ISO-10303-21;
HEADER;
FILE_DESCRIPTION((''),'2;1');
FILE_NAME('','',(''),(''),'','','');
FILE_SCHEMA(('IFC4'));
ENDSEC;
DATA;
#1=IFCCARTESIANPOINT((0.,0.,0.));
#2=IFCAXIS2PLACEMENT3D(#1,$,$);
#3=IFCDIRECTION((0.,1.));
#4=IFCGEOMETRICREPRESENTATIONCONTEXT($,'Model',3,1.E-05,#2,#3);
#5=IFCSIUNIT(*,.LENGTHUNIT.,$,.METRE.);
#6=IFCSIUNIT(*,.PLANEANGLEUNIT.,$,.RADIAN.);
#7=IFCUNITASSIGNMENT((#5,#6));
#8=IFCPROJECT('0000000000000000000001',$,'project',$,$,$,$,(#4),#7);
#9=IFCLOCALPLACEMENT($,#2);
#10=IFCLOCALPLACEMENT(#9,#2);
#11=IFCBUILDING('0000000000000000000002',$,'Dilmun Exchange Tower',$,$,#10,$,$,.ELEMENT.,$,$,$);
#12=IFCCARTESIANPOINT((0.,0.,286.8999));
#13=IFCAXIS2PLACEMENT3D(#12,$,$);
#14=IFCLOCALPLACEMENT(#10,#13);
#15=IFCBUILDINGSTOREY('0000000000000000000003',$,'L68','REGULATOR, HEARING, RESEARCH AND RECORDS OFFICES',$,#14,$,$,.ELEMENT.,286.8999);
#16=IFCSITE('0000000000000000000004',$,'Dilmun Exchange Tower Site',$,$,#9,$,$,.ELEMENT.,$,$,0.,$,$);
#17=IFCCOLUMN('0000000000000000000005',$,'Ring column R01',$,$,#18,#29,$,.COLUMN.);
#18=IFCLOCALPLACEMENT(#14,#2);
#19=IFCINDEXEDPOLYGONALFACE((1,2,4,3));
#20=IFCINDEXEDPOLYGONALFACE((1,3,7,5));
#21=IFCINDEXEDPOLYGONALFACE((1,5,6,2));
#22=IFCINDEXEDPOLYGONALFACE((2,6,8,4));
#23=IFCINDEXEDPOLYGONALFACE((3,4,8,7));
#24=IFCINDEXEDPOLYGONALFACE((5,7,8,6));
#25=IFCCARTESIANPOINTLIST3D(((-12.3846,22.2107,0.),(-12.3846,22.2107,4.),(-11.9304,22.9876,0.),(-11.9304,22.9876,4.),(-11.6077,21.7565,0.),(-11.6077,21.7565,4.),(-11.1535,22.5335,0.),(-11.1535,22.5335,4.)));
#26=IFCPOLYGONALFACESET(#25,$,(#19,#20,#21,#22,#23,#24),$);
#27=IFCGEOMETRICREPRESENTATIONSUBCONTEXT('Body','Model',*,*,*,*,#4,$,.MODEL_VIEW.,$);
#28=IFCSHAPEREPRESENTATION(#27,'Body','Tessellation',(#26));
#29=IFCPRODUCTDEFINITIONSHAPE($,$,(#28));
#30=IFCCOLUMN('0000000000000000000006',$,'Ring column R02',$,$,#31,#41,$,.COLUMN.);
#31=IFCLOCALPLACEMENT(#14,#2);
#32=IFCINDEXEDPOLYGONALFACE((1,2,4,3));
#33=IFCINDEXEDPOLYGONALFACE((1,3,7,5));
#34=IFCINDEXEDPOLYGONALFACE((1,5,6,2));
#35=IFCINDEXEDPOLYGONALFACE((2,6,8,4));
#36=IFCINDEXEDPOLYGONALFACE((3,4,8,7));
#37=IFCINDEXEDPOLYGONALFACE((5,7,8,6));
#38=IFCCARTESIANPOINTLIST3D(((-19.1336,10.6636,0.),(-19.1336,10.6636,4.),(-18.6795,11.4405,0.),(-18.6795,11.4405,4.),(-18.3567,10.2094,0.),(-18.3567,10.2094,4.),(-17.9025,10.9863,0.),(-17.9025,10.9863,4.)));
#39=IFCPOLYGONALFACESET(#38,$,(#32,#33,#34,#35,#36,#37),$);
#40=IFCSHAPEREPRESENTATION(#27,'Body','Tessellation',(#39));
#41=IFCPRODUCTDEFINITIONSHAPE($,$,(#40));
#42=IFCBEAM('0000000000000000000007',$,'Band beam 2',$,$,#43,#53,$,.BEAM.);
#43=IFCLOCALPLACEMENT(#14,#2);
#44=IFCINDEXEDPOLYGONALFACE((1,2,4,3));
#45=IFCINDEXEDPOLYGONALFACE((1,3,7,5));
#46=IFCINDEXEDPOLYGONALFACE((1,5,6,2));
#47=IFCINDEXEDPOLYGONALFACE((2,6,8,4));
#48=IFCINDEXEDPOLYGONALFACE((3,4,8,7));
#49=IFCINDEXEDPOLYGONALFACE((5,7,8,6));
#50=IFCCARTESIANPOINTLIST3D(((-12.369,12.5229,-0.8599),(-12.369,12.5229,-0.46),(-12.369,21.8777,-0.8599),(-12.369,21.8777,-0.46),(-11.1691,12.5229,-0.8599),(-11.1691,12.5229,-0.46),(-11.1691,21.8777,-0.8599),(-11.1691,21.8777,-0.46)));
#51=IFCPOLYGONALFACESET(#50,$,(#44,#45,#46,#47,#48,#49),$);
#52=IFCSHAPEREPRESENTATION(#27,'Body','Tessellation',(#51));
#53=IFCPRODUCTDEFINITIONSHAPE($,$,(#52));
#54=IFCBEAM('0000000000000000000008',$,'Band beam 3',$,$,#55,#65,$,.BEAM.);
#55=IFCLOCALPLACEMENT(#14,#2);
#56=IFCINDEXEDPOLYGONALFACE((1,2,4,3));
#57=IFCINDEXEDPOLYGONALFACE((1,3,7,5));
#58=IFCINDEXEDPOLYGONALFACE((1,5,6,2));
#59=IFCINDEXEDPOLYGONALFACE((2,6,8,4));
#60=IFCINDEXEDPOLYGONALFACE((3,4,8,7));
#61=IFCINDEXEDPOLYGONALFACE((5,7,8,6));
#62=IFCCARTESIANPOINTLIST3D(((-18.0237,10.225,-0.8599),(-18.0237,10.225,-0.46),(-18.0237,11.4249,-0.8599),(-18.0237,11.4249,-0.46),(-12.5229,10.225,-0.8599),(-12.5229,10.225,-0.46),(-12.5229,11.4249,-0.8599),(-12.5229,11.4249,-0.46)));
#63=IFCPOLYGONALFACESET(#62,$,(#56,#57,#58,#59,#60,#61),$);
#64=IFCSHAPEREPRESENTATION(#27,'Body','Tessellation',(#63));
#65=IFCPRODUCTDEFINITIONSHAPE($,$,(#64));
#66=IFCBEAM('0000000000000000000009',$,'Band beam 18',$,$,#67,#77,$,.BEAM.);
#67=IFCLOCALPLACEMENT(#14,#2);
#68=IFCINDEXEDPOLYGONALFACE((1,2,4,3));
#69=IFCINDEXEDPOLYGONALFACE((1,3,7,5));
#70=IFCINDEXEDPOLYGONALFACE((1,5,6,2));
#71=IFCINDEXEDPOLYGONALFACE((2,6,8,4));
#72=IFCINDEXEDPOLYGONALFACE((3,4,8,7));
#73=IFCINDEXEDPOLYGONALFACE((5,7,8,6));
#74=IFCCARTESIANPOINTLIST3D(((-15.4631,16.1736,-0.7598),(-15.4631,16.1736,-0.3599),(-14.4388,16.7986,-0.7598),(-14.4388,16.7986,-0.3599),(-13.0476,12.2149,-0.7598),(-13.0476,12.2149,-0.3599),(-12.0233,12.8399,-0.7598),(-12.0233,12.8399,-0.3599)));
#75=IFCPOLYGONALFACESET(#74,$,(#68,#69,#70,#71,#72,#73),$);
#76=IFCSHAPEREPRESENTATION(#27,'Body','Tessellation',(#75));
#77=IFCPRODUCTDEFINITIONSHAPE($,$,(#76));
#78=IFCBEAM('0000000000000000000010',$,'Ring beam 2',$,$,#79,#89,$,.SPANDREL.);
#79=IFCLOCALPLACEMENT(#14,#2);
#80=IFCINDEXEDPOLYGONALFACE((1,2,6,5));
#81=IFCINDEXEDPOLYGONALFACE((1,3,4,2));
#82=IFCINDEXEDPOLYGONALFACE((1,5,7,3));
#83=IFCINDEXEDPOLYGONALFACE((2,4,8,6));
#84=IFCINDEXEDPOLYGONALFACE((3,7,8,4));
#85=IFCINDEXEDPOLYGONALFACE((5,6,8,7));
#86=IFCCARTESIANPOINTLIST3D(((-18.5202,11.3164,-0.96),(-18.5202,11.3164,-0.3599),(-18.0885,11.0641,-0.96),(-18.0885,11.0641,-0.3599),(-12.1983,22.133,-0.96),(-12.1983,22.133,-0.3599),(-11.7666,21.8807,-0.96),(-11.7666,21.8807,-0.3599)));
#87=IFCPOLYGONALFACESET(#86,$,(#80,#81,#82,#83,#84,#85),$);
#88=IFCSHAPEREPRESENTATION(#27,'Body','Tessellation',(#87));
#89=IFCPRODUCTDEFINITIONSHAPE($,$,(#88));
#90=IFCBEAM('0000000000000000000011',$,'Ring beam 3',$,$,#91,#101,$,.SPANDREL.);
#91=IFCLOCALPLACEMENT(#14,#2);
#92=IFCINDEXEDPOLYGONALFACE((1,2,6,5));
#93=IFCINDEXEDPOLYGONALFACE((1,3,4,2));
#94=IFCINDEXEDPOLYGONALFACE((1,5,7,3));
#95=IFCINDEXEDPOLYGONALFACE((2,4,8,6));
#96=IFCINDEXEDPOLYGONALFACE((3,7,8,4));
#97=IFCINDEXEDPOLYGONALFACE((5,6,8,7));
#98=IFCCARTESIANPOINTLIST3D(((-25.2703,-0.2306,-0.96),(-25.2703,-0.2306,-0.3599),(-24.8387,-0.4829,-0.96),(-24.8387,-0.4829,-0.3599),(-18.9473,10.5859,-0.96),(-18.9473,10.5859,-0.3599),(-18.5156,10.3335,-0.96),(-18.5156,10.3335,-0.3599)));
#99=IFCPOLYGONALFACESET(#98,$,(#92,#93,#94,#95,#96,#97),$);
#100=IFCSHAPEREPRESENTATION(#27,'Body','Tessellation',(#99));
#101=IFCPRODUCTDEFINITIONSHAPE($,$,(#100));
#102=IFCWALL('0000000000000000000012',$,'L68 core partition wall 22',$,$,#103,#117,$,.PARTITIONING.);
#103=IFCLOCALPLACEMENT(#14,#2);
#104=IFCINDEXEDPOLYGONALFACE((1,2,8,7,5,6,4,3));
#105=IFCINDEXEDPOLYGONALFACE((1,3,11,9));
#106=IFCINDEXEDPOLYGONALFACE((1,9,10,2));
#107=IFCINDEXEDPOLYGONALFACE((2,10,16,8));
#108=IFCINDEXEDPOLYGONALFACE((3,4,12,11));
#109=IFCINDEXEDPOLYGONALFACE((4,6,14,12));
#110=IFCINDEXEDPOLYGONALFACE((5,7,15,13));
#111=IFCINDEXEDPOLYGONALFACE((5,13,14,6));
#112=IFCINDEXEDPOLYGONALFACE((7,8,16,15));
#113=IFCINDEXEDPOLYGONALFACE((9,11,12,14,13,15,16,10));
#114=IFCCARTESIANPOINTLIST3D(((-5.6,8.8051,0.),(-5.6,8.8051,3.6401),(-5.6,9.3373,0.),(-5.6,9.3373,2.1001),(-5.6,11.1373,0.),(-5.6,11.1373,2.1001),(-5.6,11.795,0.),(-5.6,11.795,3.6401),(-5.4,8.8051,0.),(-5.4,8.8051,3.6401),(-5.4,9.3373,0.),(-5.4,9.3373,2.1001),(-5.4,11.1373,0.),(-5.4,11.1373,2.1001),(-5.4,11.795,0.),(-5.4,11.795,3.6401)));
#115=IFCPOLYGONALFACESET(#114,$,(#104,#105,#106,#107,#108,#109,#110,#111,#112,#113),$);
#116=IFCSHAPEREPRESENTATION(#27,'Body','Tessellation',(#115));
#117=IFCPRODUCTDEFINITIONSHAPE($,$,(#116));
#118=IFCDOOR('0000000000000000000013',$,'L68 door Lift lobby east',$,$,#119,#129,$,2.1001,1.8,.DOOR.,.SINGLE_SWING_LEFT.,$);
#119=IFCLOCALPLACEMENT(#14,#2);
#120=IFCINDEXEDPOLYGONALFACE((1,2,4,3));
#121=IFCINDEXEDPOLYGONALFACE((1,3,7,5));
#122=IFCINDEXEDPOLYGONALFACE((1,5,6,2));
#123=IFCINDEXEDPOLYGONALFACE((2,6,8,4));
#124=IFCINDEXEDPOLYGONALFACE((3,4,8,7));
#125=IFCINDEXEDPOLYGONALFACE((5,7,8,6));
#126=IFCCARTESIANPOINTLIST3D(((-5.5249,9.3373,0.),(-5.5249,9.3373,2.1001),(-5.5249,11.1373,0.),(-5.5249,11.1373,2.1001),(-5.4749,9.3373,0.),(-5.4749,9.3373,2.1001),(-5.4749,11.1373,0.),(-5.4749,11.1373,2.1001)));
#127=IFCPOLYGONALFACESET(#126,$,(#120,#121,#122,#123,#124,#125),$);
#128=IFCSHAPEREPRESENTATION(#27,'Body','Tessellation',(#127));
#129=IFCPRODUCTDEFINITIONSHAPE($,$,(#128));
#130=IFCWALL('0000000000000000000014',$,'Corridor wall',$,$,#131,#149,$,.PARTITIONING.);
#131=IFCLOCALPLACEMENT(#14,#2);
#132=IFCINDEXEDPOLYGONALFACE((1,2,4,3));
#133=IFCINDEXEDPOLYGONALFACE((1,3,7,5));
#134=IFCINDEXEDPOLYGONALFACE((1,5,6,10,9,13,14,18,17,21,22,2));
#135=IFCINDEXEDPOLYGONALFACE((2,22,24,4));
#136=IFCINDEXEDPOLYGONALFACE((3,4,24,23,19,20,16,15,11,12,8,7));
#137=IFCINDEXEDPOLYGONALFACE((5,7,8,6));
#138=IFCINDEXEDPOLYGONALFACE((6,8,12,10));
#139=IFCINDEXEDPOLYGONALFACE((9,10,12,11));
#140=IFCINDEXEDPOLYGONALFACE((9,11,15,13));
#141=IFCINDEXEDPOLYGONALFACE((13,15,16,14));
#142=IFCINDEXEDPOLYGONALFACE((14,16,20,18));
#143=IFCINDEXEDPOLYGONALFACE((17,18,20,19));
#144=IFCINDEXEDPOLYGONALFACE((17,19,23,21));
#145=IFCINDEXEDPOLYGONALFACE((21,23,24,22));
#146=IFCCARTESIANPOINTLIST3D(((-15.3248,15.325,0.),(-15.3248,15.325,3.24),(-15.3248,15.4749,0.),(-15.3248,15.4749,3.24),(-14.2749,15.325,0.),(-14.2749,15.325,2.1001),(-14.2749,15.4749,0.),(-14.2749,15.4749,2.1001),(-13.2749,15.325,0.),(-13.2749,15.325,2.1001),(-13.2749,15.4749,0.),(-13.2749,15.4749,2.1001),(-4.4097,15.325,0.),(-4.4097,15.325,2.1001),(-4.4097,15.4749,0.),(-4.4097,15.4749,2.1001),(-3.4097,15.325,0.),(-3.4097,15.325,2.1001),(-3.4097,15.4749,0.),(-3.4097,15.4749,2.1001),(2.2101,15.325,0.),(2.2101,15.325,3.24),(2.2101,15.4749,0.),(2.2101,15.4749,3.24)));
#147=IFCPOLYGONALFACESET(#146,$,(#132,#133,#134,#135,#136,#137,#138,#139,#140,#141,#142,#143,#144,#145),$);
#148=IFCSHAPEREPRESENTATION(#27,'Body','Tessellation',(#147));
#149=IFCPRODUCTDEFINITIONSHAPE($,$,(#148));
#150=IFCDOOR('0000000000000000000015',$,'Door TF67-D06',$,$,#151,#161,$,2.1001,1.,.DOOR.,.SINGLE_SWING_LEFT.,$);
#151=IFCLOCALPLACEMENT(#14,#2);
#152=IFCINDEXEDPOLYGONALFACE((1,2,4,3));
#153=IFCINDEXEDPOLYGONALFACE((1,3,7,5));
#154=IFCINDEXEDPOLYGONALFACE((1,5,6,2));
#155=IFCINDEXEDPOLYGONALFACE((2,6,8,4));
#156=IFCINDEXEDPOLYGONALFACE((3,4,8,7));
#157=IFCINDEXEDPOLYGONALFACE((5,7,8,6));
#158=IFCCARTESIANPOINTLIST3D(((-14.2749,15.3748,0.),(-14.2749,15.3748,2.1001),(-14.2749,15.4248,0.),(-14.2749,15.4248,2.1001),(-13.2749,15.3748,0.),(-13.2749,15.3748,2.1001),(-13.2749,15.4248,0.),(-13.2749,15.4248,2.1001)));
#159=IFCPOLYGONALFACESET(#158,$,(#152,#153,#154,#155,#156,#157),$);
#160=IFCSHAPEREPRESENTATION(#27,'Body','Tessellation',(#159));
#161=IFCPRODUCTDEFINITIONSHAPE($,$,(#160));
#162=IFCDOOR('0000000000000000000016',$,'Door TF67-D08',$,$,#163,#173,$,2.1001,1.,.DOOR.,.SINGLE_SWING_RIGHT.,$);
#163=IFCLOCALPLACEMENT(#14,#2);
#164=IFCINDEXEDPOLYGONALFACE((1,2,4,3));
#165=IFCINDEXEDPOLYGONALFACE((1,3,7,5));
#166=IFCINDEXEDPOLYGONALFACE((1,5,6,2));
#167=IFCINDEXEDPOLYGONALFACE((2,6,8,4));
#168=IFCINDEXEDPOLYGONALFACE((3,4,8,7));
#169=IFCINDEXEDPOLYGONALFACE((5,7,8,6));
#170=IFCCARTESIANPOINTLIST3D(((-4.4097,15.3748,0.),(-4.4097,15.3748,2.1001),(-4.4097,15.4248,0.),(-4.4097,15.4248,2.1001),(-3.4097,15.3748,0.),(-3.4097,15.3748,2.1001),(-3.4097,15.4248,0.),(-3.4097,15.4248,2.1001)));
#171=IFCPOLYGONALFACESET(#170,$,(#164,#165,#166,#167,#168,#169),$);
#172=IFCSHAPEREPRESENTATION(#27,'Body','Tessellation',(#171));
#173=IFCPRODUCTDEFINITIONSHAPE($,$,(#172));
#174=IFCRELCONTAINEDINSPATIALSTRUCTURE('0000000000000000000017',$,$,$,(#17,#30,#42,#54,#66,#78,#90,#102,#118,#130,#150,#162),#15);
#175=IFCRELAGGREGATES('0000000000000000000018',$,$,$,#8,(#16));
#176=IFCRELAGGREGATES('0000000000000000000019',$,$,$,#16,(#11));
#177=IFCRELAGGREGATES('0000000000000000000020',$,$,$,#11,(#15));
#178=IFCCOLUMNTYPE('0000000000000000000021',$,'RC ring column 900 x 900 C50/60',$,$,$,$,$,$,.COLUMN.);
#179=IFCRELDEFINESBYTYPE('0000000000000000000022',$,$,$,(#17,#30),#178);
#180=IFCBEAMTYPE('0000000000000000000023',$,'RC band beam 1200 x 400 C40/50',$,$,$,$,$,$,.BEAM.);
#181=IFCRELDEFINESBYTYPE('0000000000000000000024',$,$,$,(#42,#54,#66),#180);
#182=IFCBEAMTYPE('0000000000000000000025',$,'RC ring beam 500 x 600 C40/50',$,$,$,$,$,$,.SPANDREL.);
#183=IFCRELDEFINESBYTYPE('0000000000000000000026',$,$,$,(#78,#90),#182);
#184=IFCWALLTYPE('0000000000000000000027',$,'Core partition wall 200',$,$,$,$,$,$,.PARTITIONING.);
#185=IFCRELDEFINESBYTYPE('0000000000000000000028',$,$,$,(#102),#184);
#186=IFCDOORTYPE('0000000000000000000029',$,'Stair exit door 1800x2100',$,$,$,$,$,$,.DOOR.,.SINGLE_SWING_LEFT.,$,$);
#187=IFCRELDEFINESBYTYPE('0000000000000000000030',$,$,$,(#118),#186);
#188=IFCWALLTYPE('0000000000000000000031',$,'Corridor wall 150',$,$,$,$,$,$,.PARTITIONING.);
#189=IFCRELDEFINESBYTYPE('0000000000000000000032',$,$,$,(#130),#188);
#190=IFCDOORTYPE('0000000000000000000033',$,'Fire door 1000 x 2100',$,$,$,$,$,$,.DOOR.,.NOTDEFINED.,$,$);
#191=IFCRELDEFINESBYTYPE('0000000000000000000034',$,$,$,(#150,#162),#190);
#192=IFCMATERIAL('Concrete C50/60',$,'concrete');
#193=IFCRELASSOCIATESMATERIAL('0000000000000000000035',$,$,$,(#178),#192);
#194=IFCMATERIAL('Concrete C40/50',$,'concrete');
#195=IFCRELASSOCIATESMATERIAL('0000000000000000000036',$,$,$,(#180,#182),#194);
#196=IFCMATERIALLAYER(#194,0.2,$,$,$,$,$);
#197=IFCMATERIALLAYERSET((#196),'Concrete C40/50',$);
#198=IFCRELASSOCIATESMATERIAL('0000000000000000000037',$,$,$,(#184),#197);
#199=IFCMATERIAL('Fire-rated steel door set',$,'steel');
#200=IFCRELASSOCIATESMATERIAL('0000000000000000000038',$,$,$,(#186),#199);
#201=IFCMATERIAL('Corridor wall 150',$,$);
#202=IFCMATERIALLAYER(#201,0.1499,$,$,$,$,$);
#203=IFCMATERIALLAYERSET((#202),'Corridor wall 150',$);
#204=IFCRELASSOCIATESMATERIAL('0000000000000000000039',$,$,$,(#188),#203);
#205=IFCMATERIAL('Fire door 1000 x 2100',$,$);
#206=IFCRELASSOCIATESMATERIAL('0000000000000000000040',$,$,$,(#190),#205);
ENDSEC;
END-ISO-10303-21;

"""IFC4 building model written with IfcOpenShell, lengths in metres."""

from ifc_helpers import new_model, si_unit, direction, frame, frame_2d, origin, origin_2d, place, context, subcontext, project, spatial, rectangle, extrude, material, layer, layer_set, material_profile, profile_set, type_object, element, fill, save


model = new_model("IFC4")

# Units and contexts
model_context = context("Model", 3, precision=1e-05, world=origin(), true_north=direction((0.0, 1.0)))
body_context = subcontext(model_context, "Body", "Model", "MODEL_VIEW")
ifc_project = project(units=[si_unit("LENGTHUNIT", "METRE"), si_unit("PLANEANGLEUNIT", "RADIAN")], contexts=[model_context])

# Site, building, storey
site_placement = place(None, origin())
site = spatial("IfcSite", under=ifc_project, at=site_placement, Name="Dilmun Exchange Tower Site", CompositionType="ELEMENT", RefElevation=0.0)
building_placement = place(site_placement, origin())
building = spatial("IfcBuilding", under=site, at=building_placement, Name="Dilmun Exchange Tower", CompositionType="ELEMENT")
storey_placement = place(building_placement, frame((0.0, 0.0, 286.8999)))
storey = spatial("IfcBuildingStorey", under=building, at=storey_placement, Name="L68", Description="REGULATOR, HEARING, RESEARCH AND RECORDS OFFICES", CompositionType="ELEMENT", Elevation=286.8999)

# Columns
ifc_material_1 = material(Name="Concrete C50/60", Category="concrete")
ifc_material_profile_1 = material_profile(ifc_material_1, rectangle(XDim=0.8999, YDim=0.8999, at=origin_2d()), Name="900 x 900")
ifc_profile_set_1 = profile_set([ifc_material_profile_1], Name="Concrete C50/60")
column_type = type_object("IfcColumnType", Name="RC ring column 900 x 900 C50/60", PredefinedType="COLUMN", material=ifc_profile_set_1)
for number, where, z_axis, x_axis, name in (
    (1, (-11.769, 22.3721, 0.0), (0.0, 0.0, 1.0), (0.504644, 0.863328, 0.0), "Ring column R01"),
    (2, (-18.5181, 10.825, 0.0), (0.0, 0.0, 1.0), (0.504644, 0.863328, 0.0), "Ring column R02"),
):
    element("IfcColumn", number, at=place(storey_placement, frame(where, z_axis=z_axis, x_axis=x_axis)), inside=storey, type_object=column_type, Name=name, PredefinedType="COLUMN", context=body_context, shape_type="SweptSolid", body=[
        extrude(rectangle(XDim=0.8999, YDim=0.8999, at=origin_2d()), origin(), (0.0, 0.0, 1.0), 4.0),
    ])

# Beams
ifc_material_2 = material(Name="Concrete C40/50", Category="concrete")
ifc_material_profile_2 = material_profile(ifc_material_2, rectangle(XDim=1.2, YDim=0.3999, at=origin_2d()), Name="1200 x 400")
ifc_profile_set_2 = profile_set([ifc_material_profile_2], Name="Concrete C40/50")
beam_type_1 = type_object("IfcBeamType", Name="RC band beam 1200 x 400 C40/50", PredefinedType="BEAM", material=ifc_profile_set_2)
beam_1_placement = place(storey_placement, frame((-11.769, 21.8777, -0.6599), z_axis=(0.0, -1.0, 0.0), x_axis=(1.0, 0.0, 0.0)))
element("IfcBeam", 3, at=beam_1_placement, inside=storey, type_object=beam_type_1, Name="Band beam 2", PredefinedType="BEAM", context=body_context, shape_type="SweptSolid", body=[
    extrude(rectangle(XDim=1.2, YDim=0.3999, at=origin_2d()), origin(), (0.0, 0.0, 1.0), 9.3547),
])
beam_2_placement = place(storey_placement, frame((-18.0237, 10.825, -0.6599), z_axis=(1.0, 0.0, 0.0), x_axis=(0.0, 1.0, 0.0)))
element("IfcBeam", 4, at=beam_2_placement, inside=storey, type_object=beam_type_1, Name="Band beam 3", PredefinedType="BEAM", context=body_context, shape_type="SweptSolid", body=[
    extrude(rectangle(XDim=1.2, YDim=0.3999, at=origin_2d()), origin(), (0.0, 0.0, 1.0), 5.5007),
])
beam_3_placement = place(storey_placement, frame((-14.9509, 16.4861, -0.5598), z_axis=(0.520869, -0.853637, 0.0), x_axis=(0.853637, 0.520869, 0.0)))
element("IfcBeam", 5, at=beam_3_placement, inside=storey, type_object=beam_type_1, Name="Band beam 18", PredefinedType="BEAM", context=body_context, shape_type="SweptSolid", body=[
    extrude(rectangle(XDim=1.2, YDim=0.3999, at=origin_2d()), origin(), (0.0, 0.0, 1.0), 4.6375),
])
ifc_material_profile_3 = material_profile(ifc_material_2, rectangle(XDim=0.5, YDim=0.6001, at=origin_2d()), Name="500 x 600")
ifc_profile_set_3 = profile_set([ifc_material_profile_3], Name="Concrete C40/50")
beam_type_2 = type_object("IfcBeamType", Name="RC ring beam 500 x 600 C40/50", PredefinedType="SPANDREL", material=ifc_profile_set_3)
beam_4_placement = place(storey_placement, frame((-11.9824, 22.0068, -0.6599), z_axis=(-0.504604, -0.863351, 0.0), x_axis=(0.863351, -0.504604, 0.0)))
element("IfcBeam", 6, at=beam_4_placement, inside=storey, type_object=beam_type_2, Name="Ring beam 2", PredefinedType="SPANDREL", context=body_context, shape_type="SweptSolid", body=[
    extrude(rectangle(XDim=0.5, YDim=0.6001, at=origin_2d()), origin(), (0.0, 0.0, 1.0), 12.5286),
])
beam_5_placement = place(storey_placement, frame((-18.7314, 10.4597, -0.6599), z_axis=(-0.50467, -0.863312, 0.0), x_axis=(0.863312, -0.50467, 0.0)))
element("IfcBeam", 7, at=beam_5_placement, inside=storey, type_object=beam_type_2, Name="Ring beam 3", PredefinedType="SPANDREL", context=body_context, shape_type="SweptSolid", body=[
    extrude(rectangle(XDim=0.5, YDim=0.6001, at=origin_2d()), origin(), (0.0, 0.0, 1.0), 12.5291),
])

# Wall, opening, door
ifc_layer_1 = layer(ifc_material_2, 0.2)
ifc_layer_set_1 = layer_set([ifc_layer_1], Name="Concrete C40/50")
wall_type_1 = type_object("IfcWallType", Name="Core partition wall 200", PredefinedType="PARTITIONING", material=ifc_layer_set_1)
wall_1_placement = place(storey_placement, frame((-5.5, 8.8049, 0.0), z_axis=(0.0, 0.0, 1.0), x_axis=(0.0, 1.0, 0.0)))
wall_1 = element("IfcWall", 8, at=wall_1_placement, inside=storey, type_object=wall_type_1, Name="L68 core partition wall 22", PredefinedType="PARTITIONING", context=body_context, shape_type="SweptSolid", body=[
    extrude(rectangle(XDim=2.99, YDim=0.2, at=frame_2d((1.4951, 0.0))), origin(), (0.0, 0.0, 1.0), 3.6401),
])
opening_1_placement = place(wall_1_placement, frame((0.5325, 0.0, 0.0)))
opening_1 = element("IfcOpeningElement", 9, at=opening_1_placement, cuts=wall_1, PredefinedType="OPENING", context=body_context, shape_type="SweptSolid", body=[
    extrude(rectangle(XDim=1.8, YDim=2.1001, at=frame_2d((0.8999, 1.05))), frame((0.0, 0.1099, 0.0), z_axis=(0.0, -1.0, 0.0), x_axis=(1.0, 0.0, 0.0)), (0.0, 0.0, 1.0), 0.22),
])
ifc_material_3 = material(Name="Fire-rated steel door set", Category="steel")
door_type_1 = type_object("IfcDoorType", Name="Stair exit door 1800x2100", OperationType="SINGLE_SWING_LEFT", PredefinedType="DOOR", material=ifc_material_3)
door_1_placement = place(opening_1_placement, origin())
door_1 = element("IfcDoor", 10, at=door_1_placement, inside=storey, type_object=door_type_1, Name="L68 door Lift lobby east", OperationType="SINGLE_SWING_LEFT", OverallHeight=2.1001, OverallWidth=1.8, PredefinedType="DOOR", context=body_context, shape_type="SweptSolid", body=[
    extrude(rectangle(XDim=1.8, YDim=2.1001, at=frame_2d((0.8999, 1.05))), frame((0.0, 0.0249, 0.0), z_axis=(0.0, -1.0, 0.0), x_axis=(1.0, 0.0, 0.0)), (0.0, 0.0, 1.0), 0.05),
])
fill(opening_1, door_1)

# Wall, openings, doors
ifc_material_4 = material(Name="Corridor wall 150")
ifc_layer_2 = layer(ifc_material_4, 0.1499)
ifc_layer_set_2 = layer_set([ifc_layer_2], Name="Corridor wall 150")
wall_type_2 = type_object("IfcWallType", Name="Corridor wall 150", PredefinedType="PARTITIONING", material=ifc_layer_set_2)
wall_2_placement = place(storey_placement, frame((-15.325, 15.3999, 0.0), z_axis=(0.0, 0.0, 1.0), x_axis=(1.0, 0.0, 0.0)))
wall_2 = element("IfcWall", 11, at=wall_2_placement, inside=storey, type_object=wall_type_2, Name="Corridor wall", PredefinedType="PARTITIONING", context=body_context, shape_type="SweptSolid", body=[
    extrude(rectangle(XDim=17.5349, YDim=0.1499, at=frame_2d((8.7676, 0.0))), origin(), (0.0, 0.0, 1.0), 3.24),
])
opening_2_placement = place(wall_2_placement, frame((1.05, 0.0, 0.0)))
opening_2 = element("IfcOpeningElement", 12, at=opening_2_placement, cuts=wall_2, PredefinedType="OPENING", context=body_context, shape_type="SweptSolid", body=[
    extrude(rectangle(XDim=1.0, YDim=2.1001, at=frame_2d((0.5, 1.05))), frame((0.0, 0.085, 0.0), z_axis=(0.0, -1.0, 0.0), x_axis=(1.0, 0.0, 0.0)), (0.0, 0.0, 1.0), 0.1699),
])
opening_3_placement = place(wall_2_placement, frame((10.9153, 0.0, 0.0)))
opening_3 = element("IfcOpeningElement", 13, at=opening_3_placement, cuts=wall_2, PredefinedType="OPENING", context=body_context, shape_type="SweptSolid", body=[
    extrude(rectangle(XDim=1.0, YDim=2.1001, at=frame_2d((0.5, 1.05))), frame((0.0, 0.085, 0.0), z_axis=(0.0, -1.0, 0.0), x_axis=(1.0, 0.0, 0.0)), (0.0, 0.0, 1.0), 0.1699),
])
ifc_material_5 = material(Name="Fire door 1000 x 2100")
door_type_2 = type_object("IfcDoorType", Name="Fire door 1000 x 2100", OperationType="NOTDEFINED", PredefinedType="DOOR", material=ifc_material_5)
door_2_placement = place(opening_2_placement, origin())
door_2 = element("IfcDoor", 14, at=door_2_placement, inside=storey, type_object=door_type_2, Name="Door TF67-D06", OperationType="SINGLE_SWING_LEFT", OverallHeight=2.1001, OverallWidth=1.0, PredefinedType="DOOR", context=body_context, shape_type="SweptSolid", body=[
    extrude(rectangle(XDim=1.0, YDim=2.1001, at=frame_2d((0.5, 1.05))), frame((0.0, 0.0249, 0.0), z_axis=(0.0, -1.0, 0.0), x_axis=(1.0, 0.0, 0.0)), (0.0, 0.0, 1.0), 0.05),
])
fill(opening_2, door_2)
door_3_placement = place(opening_3_placement, origin())
door_3 = element("IfcDoor", 15, at=door_3_placement, inside=storey, type_object=door_type_2, Name="Door TF67-D08", OperationType="SINGLE_SWING_RIGHT", OverallHeight=2.1001, OverallWidth=1.0, PredefinedType="DOOR", context=body_context, shape_type="SweptSolid", body=[
    extrude(rectangle(XDim=1.0, YDim=2.1001, at=frame_2d((0.5, 1.05))), frame((0.0, 0.0249, 0.0), z_axis=(0.0, -1.0, 0.0), x_axis=(1.0, 0.0, 0.0)), (0.0, 0.0, 1.0), 0.05),
])
fill(opening_3, door_3)

save(model, "model.ifc")
